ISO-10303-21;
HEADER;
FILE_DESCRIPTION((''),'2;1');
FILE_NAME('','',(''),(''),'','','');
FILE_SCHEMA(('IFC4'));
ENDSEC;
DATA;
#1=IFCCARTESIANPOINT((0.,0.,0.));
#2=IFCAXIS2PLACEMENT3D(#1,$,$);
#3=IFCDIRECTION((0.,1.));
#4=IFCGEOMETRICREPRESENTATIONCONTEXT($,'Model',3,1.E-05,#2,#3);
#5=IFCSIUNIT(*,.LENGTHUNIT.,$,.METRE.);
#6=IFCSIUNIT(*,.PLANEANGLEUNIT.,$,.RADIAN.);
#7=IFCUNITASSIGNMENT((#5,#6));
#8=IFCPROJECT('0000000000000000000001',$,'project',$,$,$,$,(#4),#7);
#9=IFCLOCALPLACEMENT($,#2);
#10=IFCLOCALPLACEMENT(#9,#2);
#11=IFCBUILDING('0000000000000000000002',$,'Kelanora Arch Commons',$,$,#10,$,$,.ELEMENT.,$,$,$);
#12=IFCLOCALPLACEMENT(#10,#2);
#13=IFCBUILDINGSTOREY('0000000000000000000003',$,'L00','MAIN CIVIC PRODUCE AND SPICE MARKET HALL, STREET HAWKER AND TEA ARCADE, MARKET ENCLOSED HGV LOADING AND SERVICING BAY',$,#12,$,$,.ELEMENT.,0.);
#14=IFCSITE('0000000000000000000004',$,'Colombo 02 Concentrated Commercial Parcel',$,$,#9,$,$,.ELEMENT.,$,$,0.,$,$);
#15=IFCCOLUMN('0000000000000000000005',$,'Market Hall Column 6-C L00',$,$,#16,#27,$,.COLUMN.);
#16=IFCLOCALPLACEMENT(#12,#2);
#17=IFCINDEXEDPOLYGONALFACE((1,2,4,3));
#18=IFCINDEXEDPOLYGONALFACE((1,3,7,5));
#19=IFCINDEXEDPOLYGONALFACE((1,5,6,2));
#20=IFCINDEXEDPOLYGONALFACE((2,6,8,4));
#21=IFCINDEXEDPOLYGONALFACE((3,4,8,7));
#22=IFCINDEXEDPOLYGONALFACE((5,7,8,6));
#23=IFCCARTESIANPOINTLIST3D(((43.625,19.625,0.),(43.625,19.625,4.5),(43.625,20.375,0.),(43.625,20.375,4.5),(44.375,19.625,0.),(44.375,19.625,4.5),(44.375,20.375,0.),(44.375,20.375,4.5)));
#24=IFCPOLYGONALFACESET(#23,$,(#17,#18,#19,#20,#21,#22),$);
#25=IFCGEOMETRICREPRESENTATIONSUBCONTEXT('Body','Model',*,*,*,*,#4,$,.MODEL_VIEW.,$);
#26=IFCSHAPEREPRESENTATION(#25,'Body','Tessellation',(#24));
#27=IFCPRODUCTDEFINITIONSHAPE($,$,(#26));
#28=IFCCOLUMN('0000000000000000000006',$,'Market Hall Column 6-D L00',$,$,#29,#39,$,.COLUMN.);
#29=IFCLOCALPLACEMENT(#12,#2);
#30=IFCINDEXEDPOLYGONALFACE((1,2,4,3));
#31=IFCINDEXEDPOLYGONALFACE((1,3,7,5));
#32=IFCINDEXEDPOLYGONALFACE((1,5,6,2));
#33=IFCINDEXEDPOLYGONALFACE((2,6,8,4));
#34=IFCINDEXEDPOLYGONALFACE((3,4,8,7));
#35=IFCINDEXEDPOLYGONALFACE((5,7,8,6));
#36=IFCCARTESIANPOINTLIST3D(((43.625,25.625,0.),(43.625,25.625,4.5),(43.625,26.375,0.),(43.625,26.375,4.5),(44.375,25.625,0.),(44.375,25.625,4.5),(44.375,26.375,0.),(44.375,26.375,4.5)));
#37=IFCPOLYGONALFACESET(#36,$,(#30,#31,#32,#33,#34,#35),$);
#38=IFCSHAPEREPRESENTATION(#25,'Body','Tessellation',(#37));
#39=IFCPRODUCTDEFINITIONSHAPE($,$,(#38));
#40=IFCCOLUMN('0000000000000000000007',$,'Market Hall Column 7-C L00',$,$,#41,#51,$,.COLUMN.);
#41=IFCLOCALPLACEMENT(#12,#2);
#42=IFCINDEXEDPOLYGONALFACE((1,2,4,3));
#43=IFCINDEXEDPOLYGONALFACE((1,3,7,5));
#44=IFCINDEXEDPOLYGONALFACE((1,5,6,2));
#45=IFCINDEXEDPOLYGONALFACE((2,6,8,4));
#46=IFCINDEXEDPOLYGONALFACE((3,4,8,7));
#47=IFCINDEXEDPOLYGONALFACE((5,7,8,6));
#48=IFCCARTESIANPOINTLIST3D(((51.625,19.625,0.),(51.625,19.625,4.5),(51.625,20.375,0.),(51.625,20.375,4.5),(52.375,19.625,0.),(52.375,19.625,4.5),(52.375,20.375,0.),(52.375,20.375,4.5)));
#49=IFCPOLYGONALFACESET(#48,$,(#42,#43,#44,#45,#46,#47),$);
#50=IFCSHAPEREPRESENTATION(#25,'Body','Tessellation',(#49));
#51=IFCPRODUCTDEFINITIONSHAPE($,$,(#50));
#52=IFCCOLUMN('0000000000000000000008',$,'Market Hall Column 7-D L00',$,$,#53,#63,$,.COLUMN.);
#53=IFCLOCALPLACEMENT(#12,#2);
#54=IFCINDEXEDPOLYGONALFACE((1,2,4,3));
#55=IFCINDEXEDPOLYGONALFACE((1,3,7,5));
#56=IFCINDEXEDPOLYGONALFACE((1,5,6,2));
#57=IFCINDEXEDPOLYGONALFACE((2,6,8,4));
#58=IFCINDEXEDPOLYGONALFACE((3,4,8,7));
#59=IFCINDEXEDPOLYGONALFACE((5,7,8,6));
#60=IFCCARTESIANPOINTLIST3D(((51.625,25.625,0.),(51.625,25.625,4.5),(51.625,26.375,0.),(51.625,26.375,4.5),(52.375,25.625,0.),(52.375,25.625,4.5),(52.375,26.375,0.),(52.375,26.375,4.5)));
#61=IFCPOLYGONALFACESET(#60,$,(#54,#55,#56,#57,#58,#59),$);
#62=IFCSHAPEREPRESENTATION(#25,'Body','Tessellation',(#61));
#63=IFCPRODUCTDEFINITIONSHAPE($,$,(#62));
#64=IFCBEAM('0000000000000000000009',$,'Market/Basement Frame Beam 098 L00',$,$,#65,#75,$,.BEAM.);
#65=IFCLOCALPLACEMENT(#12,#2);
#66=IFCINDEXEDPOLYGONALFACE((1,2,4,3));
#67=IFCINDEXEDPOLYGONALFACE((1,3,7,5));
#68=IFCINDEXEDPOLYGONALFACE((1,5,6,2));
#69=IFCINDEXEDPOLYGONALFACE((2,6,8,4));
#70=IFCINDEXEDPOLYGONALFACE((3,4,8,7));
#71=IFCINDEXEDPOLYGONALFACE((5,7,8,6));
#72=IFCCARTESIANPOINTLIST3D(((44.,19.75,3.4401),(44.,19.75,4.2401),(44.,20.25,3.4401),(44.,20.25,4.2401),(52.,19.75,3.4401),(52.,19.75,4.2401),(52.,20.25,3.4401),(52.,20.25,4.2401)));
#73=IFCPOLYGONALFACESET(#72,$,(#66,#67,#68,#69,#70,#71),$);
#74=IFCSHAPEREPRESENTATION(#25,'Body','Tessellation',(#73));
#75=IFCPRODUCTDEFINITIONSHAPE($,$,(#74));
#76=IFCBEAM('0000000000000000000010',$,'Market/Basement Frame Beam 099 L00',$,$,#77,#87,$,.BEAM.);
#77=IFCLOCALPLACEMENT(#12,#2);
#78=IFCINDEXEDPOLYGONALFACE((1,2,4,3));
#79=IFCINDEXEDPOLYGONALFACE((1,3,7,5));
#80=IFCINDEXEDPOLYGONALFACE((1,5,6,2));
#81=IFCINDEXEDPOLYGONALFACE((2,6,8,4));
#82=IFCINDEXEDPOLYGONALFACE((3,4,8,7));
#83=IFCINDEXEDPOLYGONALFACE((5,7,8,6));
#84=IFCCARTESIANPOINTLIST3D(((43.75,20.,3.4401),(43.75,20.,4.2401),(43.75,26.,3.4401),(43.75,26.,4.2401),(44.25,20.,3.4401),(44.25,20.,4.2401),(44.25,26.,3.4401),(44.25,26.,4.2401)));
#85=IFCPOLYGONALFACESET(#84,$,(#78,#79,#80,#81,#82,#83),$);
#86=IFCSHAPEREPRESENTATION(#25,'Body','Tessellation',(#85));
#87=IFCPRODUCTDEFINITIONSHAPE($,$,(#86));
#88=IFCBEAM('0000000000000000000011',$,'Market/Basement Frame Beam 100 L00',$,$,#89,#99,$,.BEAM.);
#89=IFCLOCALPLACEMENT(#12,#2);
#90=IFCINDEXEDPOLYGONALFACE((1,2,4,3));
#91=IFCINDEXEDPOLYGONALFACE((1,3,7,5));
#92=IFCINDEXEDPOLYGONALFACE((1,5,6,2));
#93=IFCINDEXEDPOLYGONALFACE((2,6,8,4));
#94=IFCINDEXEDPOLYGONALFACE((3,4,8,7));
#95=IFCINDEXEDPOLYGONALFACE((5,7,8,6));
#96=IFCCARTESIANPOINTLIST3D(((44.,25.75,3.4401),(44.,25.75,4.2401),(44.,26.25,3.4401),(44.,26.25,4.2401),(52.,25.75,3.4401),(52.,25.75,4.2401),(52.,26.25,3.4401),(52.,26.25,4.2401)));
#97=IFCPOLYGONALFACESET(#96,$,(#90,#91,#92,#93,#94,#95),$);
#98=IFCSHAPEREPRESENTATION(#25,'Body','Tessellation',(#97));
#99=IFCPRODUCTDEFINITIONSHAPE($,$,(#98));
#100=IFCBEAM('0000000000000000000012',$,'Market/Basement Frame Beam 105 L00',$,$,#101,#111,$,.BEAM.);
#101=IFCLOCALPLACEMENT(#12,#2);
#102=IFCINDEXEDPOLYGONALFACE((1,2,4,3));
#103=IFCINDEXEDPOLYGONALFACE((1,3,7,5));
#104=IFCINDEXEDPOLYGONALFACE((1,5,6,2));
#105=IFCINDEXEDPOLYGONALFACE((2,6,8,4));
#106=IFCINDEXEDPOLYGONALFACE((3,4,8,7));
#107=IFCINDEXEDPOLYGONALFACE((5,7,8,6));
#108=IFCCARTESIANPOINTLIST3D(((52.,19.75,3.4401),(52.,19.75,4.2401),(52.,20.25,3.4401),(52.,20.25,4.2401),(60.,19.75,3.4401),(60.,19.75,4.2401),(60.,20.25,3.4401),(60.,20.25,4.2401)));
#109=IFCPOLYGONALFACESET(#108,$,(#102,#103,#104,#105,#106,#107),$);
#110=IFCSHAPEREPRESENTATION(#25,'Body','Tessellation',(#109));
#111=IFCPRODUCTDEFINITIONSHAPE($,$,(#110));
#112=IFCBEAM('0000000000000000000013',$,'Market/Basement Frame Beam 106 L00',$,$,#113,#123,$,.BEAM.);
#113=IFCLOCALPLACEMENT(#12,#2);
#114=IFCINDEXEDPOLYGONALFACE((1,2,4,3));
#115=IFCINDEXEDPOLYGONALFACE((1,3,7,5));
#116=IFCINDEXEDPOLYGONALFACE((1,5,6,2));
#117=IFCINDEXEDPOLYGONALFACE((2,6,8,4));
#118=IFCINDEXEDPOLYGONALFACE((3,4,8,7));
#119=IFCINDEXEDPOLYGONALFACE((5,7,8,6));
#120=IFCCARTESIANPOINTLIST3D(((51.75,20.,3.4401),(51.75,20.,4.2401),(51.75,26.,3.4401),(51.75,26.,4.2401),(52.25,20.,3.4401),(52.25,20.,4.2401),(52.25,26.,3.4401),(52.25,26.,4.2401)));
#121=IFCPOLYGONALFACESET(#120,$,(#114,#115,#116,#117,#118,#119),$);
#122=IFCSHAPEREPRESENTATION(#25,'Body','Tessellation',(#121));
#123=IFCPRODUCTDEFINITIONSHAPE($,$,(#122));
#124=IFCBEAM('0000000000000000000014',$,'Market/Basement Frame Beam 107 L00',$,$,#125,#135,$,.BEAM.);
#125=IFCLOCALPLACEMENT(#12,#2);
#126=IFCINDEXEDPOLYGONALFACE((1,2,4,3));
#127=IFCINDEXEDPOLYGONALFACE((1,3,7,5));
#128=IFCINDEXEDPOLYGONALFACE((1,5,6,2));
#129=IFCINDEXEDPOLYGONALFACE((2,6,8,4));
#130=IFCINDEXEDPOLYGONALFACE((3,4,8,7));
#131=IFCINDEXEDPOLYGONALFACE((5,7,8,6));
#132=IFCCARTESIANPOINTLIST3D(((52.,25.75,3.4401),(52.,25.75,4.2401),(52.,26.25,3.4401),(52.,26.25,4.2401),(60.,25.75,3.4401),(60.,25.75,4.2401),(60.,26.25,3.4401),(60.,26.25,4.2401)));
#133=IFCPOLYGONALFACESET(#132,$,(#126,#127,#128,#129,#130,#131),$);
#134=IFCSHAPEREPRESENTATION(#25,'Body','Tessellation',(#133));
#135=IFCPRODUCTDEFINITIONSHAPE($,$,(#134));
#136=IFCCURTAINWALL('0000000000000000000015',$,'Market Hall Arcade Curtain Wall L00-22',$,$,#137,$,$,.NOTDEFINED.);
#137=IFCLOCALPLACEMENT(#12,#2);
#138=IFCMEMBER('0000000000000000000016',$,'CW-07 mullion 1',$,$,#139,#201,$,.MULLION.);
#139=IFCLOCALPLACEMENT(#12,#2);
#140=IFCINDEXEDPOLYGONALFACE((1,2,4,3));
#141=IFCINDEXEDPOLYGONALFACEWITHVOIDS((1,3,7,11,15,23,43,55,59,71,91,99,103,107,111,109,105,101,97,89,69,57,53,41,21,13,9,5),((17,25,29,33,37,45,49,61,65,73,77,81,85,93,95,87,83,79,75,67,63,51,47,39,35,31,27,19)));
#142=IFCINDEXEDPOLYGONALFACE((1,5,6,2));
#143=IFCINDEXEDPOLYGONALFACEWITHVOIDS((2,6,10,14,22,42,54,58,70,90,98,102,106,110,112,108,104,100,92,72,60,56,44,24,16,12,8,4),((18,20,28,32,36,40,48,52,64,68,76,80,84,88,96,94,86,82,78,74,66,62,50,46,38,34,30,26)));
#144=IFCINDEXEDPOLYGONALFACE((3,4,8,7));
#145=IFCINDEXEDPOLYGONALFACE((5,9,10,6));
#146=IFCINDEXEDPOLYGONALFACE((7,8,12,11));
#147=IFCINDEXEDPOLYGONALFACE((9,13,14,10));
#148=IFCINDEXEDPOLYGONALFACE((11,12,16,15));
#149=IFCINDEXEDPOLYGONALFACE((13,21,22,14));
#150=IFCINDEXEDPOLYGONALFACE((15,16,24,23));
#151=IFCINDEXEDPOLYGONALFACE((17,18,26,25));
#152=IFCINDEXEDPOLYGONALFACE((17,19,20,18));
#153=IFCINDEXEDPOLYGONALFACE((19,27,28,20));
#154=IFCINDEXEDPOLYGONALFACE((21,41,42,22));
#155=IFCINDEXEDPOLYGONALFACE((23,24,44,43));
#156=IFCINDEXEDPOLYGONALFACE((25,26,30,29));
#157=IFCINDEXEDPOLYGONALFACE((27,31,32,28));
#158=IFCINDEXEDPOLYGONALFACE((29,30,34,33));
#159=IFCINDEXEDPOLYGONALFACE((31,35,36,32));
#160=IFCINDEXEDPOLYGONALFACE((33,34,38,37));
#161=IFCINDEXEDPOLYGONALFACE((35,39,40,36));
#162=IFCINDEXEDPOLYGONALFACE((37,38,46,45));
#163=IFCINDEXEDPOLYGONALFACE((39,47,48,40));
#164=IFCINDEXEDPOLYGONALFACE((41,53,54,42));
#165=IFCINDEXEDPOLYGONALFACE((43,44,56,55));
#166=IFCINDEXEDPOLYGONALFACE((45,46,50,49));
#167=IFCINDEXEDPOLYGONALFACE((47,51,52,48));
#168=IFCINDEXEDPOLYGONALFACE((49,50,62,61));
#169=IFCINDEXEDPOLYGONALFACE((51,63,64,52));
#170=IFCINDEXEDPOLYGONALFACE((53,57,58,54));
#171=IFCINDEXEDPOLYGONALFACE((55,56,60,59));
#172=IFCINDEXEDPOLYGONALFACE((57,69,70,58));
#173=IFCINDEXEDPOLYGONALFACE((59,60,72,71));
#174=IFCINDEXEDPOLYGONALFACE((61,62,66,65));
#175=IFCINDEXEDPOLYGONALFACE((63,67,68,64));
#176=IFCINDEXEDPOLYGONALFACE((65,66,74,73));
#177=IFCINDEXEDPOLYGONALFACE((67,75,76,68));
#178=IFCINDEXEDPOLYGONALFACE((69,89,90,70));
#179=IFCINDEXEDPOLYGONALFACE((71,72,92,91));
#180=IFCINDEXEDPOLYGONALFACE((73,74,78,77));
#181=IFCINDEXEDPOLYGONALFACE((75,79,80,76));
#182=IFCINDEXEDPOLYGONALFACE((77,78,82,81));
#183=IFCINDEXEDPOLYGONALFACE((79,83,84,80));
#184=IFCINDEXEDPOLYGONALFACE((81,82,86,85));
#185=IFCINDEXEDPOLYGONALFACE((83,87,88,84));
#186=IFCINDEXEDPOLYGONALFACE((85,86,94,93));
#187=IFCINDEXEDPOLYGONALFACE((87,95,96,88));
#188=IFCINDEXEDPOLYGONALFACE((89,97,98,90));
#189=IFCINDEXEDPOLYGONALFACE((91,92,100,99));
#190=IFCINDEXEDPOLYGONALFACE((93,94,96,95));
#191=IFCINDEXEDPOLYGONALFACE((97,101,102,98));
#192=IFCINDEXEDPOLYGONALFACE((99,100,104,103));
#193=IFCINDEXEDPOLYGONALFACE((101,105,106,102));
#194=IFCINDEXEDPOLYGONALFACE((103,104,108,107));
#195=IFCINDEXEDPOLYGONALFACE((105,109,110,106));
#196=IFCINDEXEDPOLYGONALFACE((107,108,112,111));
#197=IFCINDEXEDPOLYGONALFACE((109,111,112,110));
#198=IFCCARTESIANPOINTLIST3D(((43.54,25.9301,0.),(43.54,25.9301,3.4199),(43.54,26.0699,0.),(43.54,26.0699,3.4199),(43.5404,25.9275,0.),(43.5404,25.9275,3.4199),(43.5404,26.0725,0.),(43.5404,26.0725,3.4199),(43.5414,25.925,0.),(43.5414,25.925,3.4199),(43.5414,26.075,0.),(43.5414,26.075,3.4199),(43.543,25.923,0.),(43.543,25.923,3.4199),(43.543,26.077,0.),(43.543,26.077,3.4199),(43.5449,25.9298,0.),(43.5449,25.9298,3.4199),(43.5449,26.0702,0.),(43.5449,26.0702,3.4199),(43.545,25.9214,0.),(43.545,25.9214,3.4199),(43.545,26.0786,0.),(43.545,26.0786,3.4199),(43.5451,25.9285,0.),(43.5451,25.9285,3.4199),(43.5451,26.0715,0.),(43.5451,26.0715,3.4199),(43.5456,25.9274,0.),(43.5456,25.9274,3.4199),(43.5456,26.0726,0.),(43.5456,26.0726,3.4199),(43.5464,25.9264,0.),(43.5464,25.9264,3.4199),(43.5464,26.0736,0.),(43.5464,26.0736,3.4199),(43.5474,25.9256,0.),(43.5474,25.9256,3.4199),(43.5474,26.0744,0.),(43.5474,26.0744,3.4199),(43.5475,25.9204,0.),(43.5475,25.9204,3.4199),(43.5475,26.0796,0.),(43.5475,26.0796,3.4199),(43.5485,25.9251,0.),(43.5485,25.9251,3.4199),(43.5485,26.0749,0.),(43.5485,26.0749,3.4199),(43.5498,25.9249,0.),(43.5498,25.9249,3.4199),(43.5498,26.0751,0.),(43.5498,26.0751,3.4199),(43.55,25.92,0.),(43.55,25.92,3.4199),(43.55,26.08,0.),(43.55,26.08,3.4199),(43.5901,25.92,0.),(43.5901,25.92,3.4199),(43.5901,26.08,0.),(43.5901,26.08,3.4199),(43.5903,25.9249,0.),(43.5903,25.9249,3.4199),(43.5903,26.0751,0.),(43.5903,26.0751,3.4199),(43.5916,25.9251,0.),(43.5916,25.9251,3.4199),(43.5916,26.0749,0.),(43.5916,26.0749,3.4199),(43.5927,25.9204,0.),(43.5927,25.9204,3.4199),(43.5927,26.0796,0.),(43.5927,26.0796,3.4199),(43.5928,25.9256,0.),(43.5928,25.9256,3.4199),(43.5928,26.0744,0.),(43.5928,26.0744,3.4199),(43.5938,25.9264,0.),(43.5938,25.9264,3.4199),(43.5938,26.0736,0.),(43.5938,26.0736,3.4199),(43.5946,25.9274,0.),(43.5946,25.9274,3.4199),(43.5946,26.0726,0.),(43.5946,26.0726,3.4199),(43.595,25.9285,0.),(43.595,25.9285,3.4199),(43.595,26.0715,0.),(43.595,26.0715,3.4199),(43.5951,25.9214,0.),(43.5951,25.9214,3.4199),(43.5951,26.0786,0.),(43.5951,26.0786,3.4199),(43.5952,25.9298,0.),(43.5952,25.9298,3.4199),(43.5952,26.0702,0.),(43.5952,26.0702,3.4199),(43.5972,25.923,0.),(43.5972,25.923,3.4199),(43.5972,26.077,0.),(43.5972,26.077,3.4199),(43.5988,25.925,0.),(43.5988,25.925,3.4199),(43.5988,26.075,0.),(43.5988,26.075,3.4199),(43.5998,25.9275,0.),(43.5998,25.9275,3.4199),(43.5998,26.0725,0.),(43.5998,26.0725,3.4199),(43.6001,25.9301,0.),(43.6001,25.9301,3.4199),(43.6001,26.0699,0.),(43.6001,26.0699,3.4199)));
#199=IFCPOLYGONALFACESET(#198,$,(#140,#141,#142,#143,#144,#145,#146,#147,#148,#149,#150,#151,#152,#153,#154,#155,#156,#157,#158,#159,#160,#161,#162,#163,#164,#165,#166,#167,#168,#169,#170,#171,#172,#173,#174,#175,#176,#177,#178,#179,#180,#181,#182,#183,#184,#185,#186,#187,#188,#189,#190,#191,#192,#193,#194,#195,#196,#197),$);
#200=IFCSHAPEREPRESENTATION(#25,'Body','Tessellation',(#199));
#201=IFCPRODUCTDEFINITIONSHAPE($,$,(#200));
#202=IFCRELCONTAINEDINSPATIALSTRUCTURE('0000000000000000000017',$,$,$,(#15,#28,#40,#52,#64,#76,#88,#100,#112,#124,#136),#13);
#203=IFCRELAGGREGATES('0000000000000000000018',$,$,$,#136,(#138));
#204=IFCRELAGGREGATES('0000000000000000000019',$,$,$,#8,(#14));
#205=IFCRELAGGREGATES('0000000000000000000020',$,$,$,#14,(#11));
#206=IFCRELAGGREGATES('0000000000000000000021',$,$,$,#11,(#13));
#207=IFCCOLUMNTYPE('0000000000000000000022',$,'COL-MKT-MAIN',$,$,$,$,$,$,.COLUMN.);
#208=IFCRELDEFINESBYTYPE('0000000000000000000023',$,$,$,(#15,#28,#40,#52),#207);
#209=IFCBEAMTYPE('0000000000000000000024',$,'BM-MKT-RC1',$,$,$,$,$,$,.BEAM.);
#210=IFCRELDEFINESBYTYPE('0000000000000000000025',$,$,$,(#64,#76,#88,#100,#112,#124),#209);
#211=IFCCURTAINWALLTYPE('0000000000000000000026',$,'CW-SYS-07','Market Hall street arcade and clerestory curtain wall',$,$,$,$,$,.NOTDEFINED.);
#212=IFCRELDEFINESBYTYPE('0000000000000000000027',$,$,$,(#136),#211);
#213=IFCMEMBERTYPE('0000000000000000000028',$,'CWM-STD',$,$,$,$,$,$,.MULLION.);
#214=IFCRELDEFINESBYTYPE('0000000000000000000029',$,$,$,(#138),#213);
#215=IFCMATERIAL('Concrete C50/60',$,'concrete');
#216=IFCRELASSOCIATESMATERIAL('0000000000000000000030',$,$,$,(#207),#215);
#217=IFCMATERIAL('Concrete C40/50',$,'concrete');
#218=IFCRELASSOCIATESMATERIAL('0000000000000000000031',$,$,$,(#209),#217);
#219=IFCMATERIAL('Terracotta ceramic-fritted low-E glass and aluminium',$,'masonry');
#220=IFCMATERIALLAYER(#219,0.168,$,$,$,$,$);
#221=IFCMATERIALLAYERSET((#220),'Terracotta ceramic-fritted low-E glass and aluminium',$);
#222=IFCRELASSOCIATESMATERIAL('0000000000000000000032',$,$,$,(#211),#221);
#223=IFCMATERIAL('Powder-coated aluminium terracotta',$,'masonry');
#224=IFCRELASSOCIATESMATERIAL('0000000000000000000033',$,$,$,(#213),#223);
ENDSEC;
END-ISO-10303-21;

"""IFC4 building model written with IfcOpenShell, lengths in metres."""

from ifc_helpers import new_model, si_unit, direction, frame, origin, origin_2d, place, context, subcontext, project, spatial, rectangle, hollow_rectangle, extrude, material, layer, layer_set, material_profile, profile_set, type_object, element, aggregate, save


model = new_model("IFC4")

# Units and contexts
model_context = context("Model", 3, precision=1e-05, world=origin(), true_north=direction((0.0, 1.0)))
body_context = subcontext(model_context, "Body", "Model", "MODEL_VIEW")
ifc_project = project(units=[si_unit("LENGTHUNIT", "METRE"), si_unit("PLANEANGLEUNIT", "RADIAN")], contexts=[model_context])

# Site, building, storey
site_placement = place(None, origin())
site = spatial("IfcSite", under=ifc_project, at=site_placement, Name="Colombo 02 Concentrated Commercial Parcel", CompositionType="ELEMENT", RefElevation=0.0)
building_placement = place(site_placement, origin())
building = spatial("IfcBuilding", under=site, at=building_placement, Name="Kelanora Arch Commons", CompositionType="ELEMENT")
storey_placement = place(building_placement, origin())
storey = spatial("IfcBuildingStorey", under=building, at=storey_placement, Name="L00", Description="MAIN CIVIC PRODUCE AND SPICE MARKET HALL, STREET HAWKER AND TEA ARCADE, MARKET ENCLOSED HGV LOADING AND SERVICING BAY", CompositionType="ELEMENT", Elevation=0.0)

# Columns
ifc_material_1 = material(Name="Concrete C50/60", Category="concrete")
ifc_material_profile_1 = material_profile(ifc_material_1, rectangle(XDim=0.75, YDim=0.75, at=origin_2d()), Name="RC750x750")
ifc_profile_set_1 = profile_set([ifc_material_profile_1], Name="Concrete C50/60")
column_type = type_object("IfcColumnType", Name="COL-MKT-MAIN", PredefinedType="COLUMN", material=ifc_profile_set_1)
for number, where, z_axis, x_axis, name in (
    (1, (44.0, 20.0, 0.0), (0.0, 0.0, 1.0), (1.0, 0.0, 0.0), "Market Hall Column 6-C L00"),
    (2, (44.0, 26.0, 0.0), (0.0, 0.0, 1.0), (1.0, 0.0, 0.0), "Market Hall Column 6-D L00"),
    (3, (52.0, 20.0, 0.0), (0.0, 0.0, 1.0), (1.0, 0.0, 0.0), "Market Hall Column 7-C L00"),
    (4, (52.0, 26.0, 0.0), (0.0, 0.0, 1.0), (1.0, 0.0, 0.0), "Market Hall Column 7-D L00"),
):
    element("IfcColumn", number, at=place(storey_placement, frame(where, z_axis=z_axis, x_axis=x_axis)), inside=storey, type_object=column_type, Name=name, PredefinedType="COLUMN", context=body_context, shape_type="SweptSolid", body=[
        extrude(rectangle(XDim=0.75, YDim=0.75, at=origin_2d()), origin(), (0.0, 0.0, 1.0), 4.5),
    ])

# Beams
ifc_material_2 = material(Name="Concrete C40/50", Category="concrete")
ifc_material_profile_2 = material_profile(ifc_material_2, rectangle(XDim=0.5, YDim=0.8, at=origin_2d()), Name="RCB500x800")
ifc_profile_set_2 = profile_set([ifc_material_profile_2], Name="Concrete C40/50")
beam_type = type_object("IfcBeamType", Name="BM-MKT-RC1", PredefinedType="BEAM", material=ifc_profile_set_2)
beam_1_placement = place(storey_placement, frame((44.0, 20.0, 3.8401), z_axis=(1.0, 0.0, 0.0), x_axis=(0.0, 1.0, 0.0)))
element("IfcBeam", 5, at=beam_1_placement, inside=storey, type_object=beam_type, Name="Market/Basement Frame Beam 098 L00", PredefinedType="BEAM", context=body_context, shape_type="SweptSolid", body=[
    extrude(rectangle(XDim=0.5, YDim=0.8, at=origin_2d()), origin(), (0.0, 0.0, 1.0), 8.0),
])
beam_2_placement = place(storey_placement, frame((44.0, 20.0, 3.8401), z_axis=(0.0, 1.0, 0.0), x_axis=(-1.0, 0.0, 0.0)))
element("IfcBeam", 6, at=beam_2_placement, inside=storey, type_object=beam_type, Name="Market/Basement Frame Beam 099 L00", PredefinedType="BEAM", context=body_context, shape_type="SweptSolid", body=[
    extrude(rectangle(XDim=0.5, YDim=0.8, at=origin_2d()), origin(), (0.0, 0.0, 1.0), 6.0),
])
for number, where, z_axis, x_axis, name in (
    (7, (44.0, 26.0, 3.8401), (1.0, 0.0, 0.0), (0.0, 1.0, 0.0), "Market/Basement Frame Beam 100 L00"),
    (8, (52.0, 20.0, 3.8401), (1.0, 0.0, 0.0), (0.0, 1.0, 0.0), "Market/Basement Frame Beam 105 L00"),
):
    element("IfcBeam", number, at=place(storey_placement, frame(where, z_axis=z_axis, x_axis=x_axis)), inside=storey, type_object=beam_type, Name=name, PredefinedType="BEAM", context=body_context, shape_type="SweptSolid", body=[
        extrude(rectangle(XDim=0.5, YDim=0.8, at=origin_2d()), origin(), (0.0, 0.0, 1.0), 8.0),
    ])
beam_3_placement = place(storey_placement, frame((52.0, 20.0, 3.8401), z_axis=(0.0, 1.0, 0.0), x_axis=(-1.0, 0.0, 0.0)))
element("IfcBeam", 9, at=beam_3_placement, inside=storey, type_object=beam_type, Name="Market/Basement Frame Beam 106 L00", PredefinedType="BEAM", context=body_context, shape_type="SweptSolid", body=[
    extrude(rectangle(XDim=0.5, YDim=0.8, at=origin_2d()), origin(), (0.0, 0.0, 1.0), 6.0),
])
beam_4_placement = place(storey_placement, frame((52.0, 26.0, 3.8401), z_axis=(1.0, 0.0, 0.0), x_axis=(0.0, 1.0, 0.0)))
element("IfcBeam", 10, at=beam_4_placement, inside=storey, type_object=beam_type, Name="Market/Basement Frame Beam 107 L00", PredefinedType="BEAM", context=body_context, shape_type="SweptSolid", body=[
    extrude(rectangle(XDim=0.5, YDim=0.8, at=origin_2d()), origin(), (0.0, 0.0, 1.0), 8.0),
])

# Curtain wall, member
ifc_material_3 = material(Name="Terracotta ceramic-fritted low-E glass and aluminium", Category="masonry")
ifc_layer_1 = layer(ifc_material_3, 0.168)
ifc_layer_set_1 = layer_set([ifc_layer_1], Name="Terracotta ceramic-fritted low-E glass and aluminium")
curtain_wall_type = type_object("IfcCurtainWallType", Name="CW-SYS-07", Description="Market Hall street arcade and clerestory curtain wall", PredefinedType="NOTDEFINED", material=ifc_layer_set_1)
curtain_wall_placement = place(storey_placement, origin())
curtain_wall = element("IfcCurtainWall", 11, at=curtain_wall_placement, inside=storey, type_object=curtain_wall_type, Name="Market Hall Arcade Curtain Wall L00-22", PredefinedType="NOTDEFINED")
ifc_material_4 = material(Name="Powder-coated aluminium terracotta", Category="masonry")
ifc_material_profile_3 = material_profile(ifc_material_4, hollow_rectangle(XDim=0.1599, YDim=0.0601, WallThickness=0.0049, InnerFilletRadius=0.0049, OuterFilletRadius=0.01, at=origin_2d()), Name="CWM160x60")
ifc_profile_set_3 = profile_set([ifc_material_profile_3], Name="Powder-coated aluminium terracotta")
member_type_1 = type_object("IfcMemberType", Name="CWM-STD", PredefinedType="MULLION", material=ifc_profile_set_3)
member_1_placement = place(storey_placement, frame((43.5701, 26.0, 0.0), z_axis=(0.0, 0.0, 1.0), x_axis=(0.0, -1.0, 0.0)))
member_1 = element("IfcMember", 12, at=member_1_placement, type_object=member_type_1, Name="CW-07 mullion 1", PredefinedType="MULLION", context=body_context, shape_type="SweptSolid", body=[
    extrude(hollow_rectangle(XDim=0.1599, YDim=0.0601, WallThickness=0.0049, InnerFilletRadius=0.0049, OuterFilletRadius=0.01, at=origin_2d()), origin(), (0.0, 0.0, 1.0), 3.4199),
])
aggregate(curtain_wall, [member_1])

save(model, "model.ifc")
